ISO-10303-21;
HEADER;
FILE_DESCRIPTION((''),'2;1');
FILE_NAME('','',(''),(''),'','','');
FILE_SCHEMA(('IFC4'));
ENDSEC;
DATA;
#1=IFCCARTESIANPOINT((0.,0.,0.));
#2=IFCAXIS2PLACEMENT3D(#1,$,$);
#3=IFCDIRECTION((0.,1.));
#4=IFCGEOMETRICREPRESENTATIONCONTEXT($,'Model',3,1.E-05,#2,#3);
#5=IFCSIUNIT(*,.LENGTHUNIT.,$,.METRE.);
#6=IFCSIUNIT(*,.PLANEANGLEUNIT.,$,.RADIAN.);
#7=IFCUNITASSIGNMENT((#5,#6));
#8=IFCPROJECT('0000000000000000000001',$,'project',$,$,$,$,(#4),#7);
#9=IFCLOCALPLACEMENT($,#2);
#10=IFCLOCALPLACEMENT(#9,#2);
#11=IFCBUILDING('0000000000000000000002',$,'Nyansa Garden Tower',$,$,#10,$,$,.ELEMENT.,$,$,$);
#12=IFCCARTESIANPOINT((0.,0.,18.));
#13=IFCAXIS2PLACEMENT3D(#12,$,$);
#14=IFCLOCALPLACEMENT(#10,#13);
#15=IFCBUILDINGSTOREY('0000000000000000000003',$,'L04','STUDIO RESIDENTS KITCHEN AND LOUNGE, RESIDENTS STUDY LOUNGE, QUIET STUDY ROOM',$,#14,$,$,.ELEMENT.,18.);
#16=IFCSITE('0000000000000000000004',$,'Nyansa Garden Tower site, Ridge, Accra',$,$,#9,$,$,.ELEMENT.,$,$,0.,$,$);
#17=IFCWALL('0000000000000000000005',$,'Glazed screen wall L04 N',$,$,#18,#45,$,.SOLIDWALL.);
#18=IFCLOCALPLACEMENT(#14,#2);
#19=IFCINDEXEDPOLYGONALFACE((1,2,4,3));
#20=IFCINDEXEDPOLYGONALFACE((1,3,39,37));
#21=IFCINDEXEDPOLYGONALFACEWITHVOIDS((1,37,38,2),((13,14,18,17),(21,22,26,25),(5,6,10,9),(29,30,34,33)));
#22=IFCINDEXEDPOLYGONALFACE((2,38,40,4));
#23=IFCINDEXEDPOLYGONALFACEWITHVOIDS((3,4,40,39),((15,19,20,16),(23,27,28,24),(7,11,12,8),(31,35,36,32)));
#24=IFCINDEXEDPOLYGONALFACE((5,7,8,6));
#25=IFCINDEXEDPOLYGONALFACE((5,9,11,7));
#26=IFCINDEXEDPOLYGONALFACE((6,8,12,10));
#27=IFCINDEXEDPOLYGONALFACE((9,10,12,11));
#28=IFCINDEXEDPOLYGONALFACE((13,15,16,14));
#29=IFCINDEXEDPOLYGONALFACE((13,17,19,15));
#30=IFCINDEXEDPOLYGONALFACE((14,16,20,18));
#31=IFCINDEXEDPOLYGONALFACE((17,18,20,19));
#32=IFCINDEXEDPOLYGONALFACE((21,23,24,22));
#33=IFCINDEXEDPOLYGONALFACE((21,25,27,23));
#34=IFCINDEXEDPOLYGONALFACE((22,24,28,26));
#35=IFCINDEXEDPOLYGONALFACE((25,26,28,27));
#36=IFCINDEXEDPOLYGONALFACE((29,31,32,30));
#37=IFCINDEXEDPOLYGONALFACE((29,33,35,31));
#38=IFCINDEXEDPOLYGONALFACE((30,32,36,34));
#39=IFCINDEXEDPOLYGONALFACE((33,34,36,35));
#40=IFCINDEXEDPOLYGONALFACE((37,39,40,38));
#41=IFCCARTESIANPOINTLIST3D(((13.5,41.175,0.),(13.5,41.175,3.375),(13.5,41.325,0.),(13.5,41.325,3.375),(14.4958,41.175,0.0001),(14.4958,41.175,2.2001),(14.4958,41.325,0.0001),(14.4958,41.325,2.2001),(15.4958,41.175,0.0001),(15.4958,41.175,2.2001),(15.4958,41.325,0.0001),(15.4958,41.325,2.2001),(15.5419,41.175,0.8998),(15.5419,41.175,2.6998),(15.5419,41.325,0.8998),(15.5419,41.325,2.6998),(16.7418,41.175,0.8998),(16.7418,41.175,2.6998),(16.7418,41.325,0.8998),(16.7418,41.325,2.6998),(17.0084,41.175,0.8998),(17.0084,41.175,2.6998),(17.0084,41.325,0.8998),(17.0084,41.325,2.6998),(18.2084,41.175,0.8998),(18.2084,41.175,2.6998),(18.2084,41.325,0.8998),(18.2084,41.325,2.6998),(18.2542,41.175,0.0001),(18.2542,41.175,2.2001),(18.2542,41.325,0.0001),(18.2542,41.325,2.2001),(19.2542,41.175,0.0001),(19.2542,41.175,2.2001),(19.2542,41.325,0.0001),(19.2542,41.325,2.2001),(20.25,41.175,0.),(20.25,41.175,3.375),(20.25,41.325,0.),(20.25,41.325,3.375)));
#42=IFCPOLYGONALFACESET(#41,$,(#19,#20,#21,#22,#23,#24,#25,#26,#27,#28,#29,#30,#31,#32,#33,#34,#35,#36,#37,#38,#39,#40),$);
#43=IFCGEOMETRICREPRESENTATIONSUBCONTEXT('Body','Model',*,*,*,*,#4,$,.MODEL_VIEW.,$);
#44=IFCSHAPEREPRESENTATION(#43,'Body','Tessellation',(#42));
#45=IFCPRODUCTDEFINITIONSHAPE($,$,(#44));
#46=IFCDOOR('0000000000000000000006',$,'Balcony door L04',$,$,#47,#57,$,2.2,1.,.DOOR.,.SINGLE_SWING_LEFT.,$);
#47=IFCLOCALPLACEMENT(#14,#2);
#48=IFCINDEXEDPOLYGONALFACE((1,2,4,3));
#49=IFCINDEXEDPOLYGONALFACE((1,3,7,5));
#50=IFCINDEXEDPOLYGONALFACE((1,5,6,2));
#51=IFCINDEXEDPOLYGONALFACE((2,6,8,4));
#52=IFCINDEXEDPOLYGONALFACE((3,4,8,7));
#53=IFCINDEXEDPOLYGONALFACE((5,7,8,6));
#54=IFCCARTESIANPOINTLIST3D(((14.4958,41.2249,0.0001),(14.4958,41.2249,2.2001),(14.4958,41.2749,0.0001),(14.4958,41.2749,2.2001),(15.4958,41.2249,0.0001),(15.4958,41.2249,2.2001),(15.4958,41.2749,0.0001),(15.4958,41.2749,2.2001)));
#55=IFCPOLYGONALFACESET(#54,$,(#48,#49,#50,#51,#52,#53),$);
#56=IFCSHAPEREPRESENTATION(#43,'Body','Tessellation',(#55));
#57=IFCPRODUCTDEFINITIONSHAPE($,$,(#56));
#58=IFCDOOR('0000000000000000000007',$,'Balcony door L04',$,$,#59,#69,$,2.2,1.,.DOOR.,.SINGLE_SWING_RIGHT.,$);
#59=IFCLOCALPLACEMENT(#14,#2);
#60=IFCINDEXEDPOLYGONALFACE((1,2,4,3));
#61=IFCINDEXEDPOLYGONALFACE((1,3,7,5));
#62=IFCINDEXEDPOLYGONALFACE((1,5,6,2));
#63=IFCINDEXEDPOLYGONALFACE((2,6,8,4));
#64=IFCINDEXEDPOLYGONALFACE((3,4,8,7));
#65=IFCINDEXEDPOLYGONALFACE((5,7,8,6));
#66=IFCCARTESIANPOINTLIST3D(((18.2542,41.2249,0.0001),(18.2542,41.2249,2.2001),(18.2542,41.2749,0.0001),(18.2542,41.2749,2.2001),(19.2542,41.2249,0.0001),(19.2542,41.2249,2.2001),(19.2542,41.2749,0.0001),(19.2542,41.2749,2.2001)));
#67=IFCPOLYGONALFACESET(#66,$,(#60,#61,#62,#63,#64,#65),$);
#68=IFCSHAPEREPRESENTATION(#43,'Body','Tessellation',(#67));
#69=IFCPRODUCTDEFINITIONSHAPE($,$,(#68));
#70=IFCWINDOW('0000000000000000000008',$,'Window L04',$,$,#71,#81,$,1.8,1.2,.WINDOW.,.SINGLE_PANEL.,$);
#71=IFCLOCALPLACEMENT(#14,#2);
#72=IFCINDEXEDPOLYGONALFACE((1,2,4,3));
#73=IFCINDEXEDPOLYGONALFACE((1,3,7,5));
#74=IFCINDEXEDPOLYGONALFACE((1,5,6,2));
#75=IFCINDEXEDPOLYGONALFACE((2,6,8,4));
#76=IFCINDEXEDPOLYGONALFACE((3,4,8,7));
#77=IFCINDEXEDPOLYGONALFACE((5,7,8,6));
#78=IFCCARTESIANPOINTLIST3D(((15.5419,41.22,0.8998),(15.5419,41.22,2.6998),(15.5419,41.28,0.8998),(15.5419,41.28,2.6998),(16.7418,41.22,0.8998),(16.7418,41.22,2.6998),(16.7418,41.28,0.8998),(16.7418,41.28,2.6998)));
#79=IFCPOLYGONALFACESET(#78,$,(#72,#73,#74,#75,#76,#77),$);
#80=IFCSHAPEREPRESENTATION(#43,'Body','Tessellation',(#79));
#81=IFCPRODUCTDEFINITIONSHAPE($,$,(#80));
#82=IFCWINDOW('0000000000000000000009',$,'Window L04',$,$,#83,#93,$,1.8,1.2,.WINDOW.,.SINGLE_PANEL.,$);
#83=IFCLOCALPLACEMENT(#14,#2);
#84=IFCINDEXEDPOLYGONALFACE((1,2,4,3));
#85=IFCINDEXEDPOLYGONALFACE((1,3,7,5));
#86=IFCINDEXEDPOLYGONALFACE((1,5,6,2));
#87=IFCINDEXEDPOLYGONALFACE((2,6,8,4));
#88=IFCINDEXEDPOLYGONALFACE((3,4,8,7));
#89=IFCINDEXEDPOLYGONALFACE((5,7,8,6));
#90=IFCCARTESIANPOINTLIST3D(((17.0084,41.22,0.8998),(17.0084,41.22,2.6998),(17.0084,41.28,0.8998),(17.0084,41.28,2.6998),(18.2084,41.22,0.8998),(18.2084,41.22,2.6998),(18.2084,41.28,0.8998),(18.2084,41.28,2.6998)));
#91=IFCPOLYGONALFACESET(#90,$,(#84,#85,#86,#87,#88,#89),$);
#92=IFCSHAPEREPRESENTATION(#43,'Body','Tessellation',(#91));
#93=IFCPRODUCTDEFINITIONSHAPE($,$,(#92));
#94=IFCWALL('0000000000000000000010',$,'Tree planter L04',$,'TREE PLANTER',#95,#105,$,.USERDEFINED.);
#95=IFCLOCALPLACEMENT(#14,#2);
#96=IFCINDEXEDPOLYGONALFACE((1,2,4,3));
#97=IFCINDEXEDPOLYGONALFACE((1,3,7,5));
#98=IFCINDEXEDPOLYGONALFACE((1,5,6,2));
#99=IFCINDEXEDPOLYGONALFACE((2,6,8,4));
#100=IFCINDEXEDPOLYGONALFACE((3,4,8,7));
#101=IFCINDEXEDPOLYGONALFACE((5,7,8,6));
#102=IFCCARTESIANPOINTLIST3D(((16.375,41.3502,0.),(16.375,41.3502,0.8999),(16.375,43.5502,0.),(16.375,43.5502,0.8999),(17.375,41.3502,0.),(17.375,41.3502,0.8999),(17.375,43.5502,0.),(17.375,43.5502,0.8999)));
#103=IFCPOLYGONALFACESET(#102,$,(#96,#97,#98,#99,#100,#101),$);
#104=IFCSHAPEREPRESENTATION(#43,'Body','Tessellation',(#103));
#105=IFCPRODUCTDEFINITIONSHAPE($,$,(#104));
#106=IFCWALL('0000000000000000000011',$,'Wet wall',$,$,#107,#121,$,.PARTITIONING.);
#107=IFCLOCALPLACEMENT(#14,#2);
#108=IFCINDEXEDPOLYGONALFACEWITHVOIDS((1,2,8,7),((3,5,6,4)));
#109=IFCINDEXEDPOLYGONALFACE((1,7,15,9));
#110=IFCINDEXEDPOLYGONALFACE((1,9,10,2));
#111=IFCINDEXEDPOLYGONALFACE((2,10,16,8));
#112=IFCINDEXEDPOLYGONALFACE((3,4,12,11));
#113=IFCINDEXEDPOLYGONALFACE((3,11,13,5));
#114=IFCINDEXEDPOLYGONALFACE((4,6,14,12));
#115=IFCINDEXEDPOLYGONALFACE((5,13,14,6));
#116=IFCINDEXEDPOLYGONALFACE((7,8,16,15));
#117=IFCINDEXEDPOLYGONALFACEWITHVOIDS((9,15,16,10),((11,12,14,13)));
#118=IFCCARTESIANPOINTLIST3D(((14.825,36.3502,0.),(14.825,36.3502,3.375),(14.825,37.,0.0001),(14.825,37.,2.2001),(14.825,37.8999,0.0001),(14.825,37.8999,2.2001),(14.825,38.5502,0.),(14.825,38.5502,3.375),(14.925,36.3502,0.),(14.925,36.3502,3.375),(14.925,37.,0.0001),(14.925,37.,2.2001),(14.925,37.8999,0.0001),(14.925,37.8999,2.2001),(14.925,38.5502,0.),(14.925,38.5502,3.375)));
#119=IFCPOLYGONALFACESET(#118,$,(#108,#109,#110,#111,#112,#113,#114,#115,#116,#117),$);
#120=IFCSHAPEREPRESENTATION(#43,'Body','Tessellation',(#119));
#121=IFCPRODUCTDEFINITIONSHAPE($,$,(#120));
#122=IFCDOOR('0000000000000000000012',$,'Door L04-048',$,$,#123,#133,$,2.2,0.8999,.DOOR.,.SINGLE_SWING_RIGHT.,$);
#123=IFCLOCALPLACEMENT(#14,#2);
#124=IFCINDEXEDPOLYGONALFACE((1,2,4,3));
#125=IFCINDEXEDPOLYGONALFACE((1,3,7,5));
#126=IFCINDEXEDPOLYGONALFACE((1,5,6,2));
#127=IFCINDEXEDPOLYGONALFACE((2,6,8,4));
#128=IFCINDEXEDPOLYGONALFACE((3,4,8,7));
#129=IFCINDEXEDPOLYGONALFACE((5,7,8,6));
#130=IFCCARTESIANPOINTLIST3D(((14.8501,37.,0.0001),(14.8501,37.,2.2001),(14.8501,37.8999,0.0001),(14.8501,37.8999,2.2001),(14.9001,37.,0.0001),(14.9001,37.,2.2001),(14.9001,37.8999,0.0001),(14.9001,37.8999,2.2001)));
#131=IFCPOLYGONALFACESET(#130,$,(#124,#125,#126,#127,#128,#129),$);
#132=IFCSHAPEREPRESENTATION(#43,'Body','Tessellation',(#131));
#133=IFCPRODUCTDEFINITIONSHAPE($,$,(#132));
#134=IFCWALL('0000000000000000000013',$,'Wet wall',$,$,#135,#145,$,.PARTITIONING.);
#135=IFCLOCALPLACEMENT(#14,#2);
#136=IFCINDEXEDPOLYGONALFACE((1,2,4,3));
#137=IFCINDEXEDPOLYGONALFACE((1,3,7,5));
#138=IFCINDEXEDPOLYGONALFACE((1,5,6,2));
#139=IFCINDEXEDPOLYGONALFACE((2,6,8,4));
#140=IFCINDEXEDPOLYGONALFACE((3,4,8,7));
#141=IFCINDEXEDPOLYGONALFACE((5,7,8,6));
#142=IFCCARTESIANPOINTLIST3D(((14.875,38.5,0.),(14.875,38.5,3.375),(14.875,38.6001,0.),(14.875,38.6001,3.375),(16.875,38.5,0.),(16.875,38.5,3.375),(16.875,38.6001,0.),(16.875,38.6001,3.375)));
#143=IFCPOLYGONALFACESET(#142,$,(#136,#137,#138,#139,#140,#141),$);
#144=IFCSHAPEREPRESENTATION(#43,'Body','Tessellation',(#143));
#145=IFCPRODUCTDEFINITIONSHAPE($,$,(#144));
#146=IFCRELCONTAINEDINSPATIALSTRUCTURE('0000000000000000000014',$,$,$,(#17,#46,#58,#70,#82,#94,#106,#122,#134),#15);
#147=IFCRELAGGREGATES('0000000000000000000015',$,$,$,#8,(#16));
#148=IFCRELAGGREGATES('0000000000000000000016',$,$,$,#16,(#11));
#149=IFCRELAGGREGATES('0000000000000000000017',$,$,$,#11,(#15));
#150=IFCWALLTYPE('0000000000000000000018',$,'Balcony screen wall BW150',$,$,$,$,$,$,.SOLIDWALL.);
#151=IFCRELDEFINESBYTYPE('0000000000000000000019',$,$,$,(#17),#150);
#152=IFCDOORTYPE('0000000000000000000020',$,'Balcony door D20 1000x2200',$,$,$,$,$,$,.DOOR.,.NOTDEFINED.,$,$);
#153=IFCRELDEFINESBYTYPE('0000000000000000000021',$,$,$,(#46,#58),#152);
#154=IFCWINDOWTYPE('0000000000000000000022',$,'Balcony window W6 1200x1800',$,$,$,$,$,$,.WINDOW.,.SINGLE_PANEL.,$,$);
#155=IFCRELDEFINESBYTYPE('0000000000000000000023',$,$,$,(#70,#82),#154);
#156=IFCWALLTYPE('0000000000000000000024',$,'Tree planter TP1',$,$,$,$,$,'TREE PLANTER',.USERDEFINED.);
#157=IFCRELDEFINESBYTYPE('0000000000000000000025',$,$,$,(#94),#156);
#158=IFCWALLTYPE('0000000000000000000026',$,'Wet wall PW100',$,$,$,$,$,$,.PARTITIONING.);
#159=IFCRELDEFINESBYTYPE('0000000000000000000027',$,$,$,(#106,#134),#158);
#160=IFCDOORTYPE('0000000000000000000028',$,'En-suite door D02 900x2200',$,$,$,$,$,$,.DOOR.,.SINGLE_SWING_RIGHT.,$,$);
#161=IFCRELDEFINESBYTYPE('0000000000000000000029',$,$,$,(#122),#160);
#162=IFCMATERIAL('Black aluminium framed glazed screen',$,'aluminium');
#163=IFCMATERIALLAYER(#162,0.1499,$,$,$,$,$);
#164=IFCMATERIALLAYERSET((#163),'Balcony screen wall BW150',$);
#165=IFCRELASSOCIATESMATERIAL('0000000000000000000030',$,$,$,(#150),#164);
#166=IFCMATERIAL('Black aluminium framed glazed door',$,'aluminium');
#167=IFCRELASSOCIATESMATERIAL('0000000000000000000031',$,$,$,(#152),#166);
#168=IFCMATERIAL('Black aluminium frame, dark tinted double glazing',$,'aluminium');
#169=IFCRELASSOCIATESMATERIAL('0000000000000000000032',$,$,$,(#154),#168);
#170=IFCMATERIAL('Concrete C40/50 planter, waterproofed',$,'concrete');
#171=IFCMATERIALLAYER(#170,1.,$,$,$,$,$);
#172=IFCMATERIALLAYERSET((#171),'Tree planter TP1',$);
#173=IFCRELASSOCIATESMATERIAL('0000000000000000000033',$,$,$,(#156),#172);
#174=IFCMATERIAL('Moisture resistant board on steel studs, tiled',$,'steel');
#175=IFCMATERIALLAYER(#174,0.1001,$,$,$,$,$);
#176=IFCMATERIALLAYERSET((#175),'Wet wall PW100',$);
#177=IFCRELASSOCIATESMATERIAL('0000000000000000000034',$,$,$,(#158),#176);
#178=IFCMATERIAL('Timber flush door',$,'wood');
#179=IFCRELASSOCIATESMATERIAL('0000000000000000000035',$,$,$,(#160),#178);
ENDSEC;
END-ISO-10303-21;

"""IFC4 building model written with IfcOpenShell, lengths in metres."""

from ifc_helpers import new_model, si_unit, direction, frame, frame_2d, origin, place, context, subcontext, project, spatial, rectangle, extrude, material, layer, layer_set, type_object, element, fill, save


model = new_model("IFC4")

# Units and contexts
model_context = context("Model", 3, precision=1e-05, world=origin(), true_north=direction((0.0, 1.0)))
body_context = subcontext(model_context, "Body", "Model", "MODEL_VIEW")
ifc_project = project(units=[si_unit("LENGTHUNIT", "METRE"), si_unit("PLANEANGLEUNIT", "RADIAN")], contexts=[model_context])

# Site, building, storey
site_placement = place(None, origin())
site = spatial("IfcSite", under=ifc_project, at=site_placement, Name="Nyansa Garden Tower site, Ridge, Accra", CompositionType="ELEMENT", RefElevation=0.0)
building_placement = place(site_placement, origin())
building = spatial("IfcBuilding", under=site, at=building_placement, Name="Nyansa Garden Tower", CompositionType="ELEMENT")
storey_placement = place(building_placement, frame((0.0, 0.0, 18.0)))
storey = spatial("IfcBuildingStorey", under=building, at=storey_placement, Name="L04", Description="STUDIO RESIDENTS KITCHEN AND LOUNGE, RESIDENTS STUDY LOUNGE, QUIET STUDY ROOM", CompositionType="ELEMENT", Elevation=18.0)

# Wall, openings, doors, windows
ifc_material_1 = material(Name="Black aluminium framed glazed screen", Category="aluminium")
ifc_layer_1 = layer(ifc_material_1, 0.1499)
ifc_layer_set_1 = layer_set([ifc_layer_1], Name="Balcony screen wall BW150")
wall_type_1 = type_object("IfcWallType", Name="Balcony screen wall BW150", PredefinedType="SOLIDWALL", material=ifc_layer_set_1)
wall_1_placement = place(storey_placement, frame((13.5, 41.25, 0.0), z_axis=(0.0, 0.0, 1.0), x_axis=(1.0, 0.0, 0.0)))
wall_1 = element("IfcWall", 1, at=wall_1_placement, inside=storey, type_object=wall_type_1, Name="Glazed screen wall L04 N", PredefinedType="SOLIDWALL", context=body_context, shape_type="SweptSolid", body=[
    extrude(rectangle(XDim=6.75, YDim=0.1499, at=frame_2d((3.375, 0.0))), origin(), (0.0, 0.0, 1.0), 3.375),
])
opening_1_placement = place(wall_1_placement, frame((0.9958, 0.0, 0.0)))
opening_1 = element("IfcOpeningElement", 2, at=opening_1_placement, cuts=wall_1, PredefinedType="OPENING", context=body_context, shape_type="SweptSolid", body=[
    extrude(rectangle(XDim=1.0, YDim=2.2, at=frame_2d((0.5, 1.1001))), frame((0.0, 0.085, 0.0), z_axis=(0.0, -1.0, 0.0), x_axis=(1.0, 0.0, 0.0)), (0.0, 0.0, 1.0), 0.1699),
])
opening_2_placement = place(wall_1_placement, frame((2.0417, 0.0, 0.8999)))
opening_2 = element("IfcOpeningElement", 3, at=opening_2_placement, cuts=wall_1, PredefinedType="OPENING", context=body_context, shape_type="SweptSolid", body=[
    extrude(rectangle(XDim=1.2, YDim=1.8, at=frame_2d((0.6001, 0.8999))), frame((0.0, 0.085, 0.0), z_axis=(0.0, -1.0, 0.0), x_axis=(1.0, 0.0, 0.0)), (0.0, 0.0, 1.0), 0.1699),
])
opening_3_placement = place(wall_1_placement, frame((4.7542, 0.0, 0.0)))
opening_3 = element("IfcOpeningElement", 4, at=opening_3_placement, cuts=wall_1, PredefinedType="OPENING", context=body_context, shape_type="SweptSolid", body=[
    extrude(rectangle(XDim=1.0, YDim=2.2, at=frame_2d((0.5, 1.1001))), frame((0.0, 0.085, 0.0), z_axis=(0.0, -1.0, 0.0), x_axis=(1.0, 0.0, 0.0)), (0.0, 0.0, 1.0), 0.1699),
])
opening_4_placement = place(wall_1_placement, frame((3.5083, 0.0, 0.8999)))
opening_4 = element("IfcOpeningElement", 5, at=opening_4_placement, cuts=wall_1, PredefinedType="OPENING", context=body_context, shape_type="SweptSolid", body=[
    extrude(rectangle(XDim=1.2, YDim=1.8, at=frame_2d((0.6001, 0.8999))), frame((0.0, 0.085, 0.0), z_axis=(0.0, -1.0, 0.0), x_axis=(1.0, 0.0, 0.0)), (0.0, 0.0, 1.0), 0.1699),
])
ifc_material_2 = material(Name="Black aluminium framed glazed door", Category="aluminium")
door_type_1 = type_object("IfcDoorType", Name="Balcony door D20 1000x2200", OperationType="NOTDEFINED", PredefinedType="DOOR", material=ifc_material_2)
door_1_placement = place(opening_1_placement, origin())
door_1 = element("IfcDoor", 6, at=door_1_placement, inside=storey, type_object=door_type_1, Name="Balcony door L04", OperationType="SINGLE_SWING_LEFT", OverallHeight=2.2, OverallWidth=1.0, PredefinedType="DOOR", context=body_context, shape_type="SweptSolid", body=[
    extrude(rectangle(XDim=1.0, YDim=2.2, at=frame_2d((0.5, 1.1001))), frame((0.0, 0.0249, 0.0), z_axis=(0.0, -1.0, 0.0), x_axis=(1.0, 0.0, 0.0)), (0.0, 0.0, 1.0), 0.05),
])
fill(opening_1, door_1)
door_2_placement = place(opening_3_placement, origin())
door_2 = element("IfcDoor", 7, at=door_2_placement, inside=storey, type_object=door_type_1, Name="Balcony door L04", OperationType="SINGLE_SWING_RIGHT", OverallHeight=2.2, OverallWidth=1.0, PredefinedType="DOOR", context=body_context, shape_type="SweptSolid", body=[
    extrude(rectangle(XDim=1.0, YDim=2.2, at=frame_2d((0.5, 1.1001))), frame((0.0, 0.0249, 0.0), z_axis=(0.0, -1.0, 0.0), x_axis=(1.0, 0.0, 0.0)), (0.0, 0.0, 1.0), 0.05),
])
fill(opening_3, door_2)
ifc_material_3 = material(Name="Black aluminium frame, dark tinted double glazing", Category="aluminium")
window_type = type_object("IfcWindowType", Name="Balcony window W6 1200x1800", PartitioningType="SINGLE_PANEL", PredefinedType="WINDOW", material=ifc_material_3)
window_1_placement = place(opening_2_placement, origin())
window_1 = element("IfcWindow", 8, at=window_1_placement, inside=storey, type_object=window_type, Name="Window L04", OverallHeight=1.8, OverallWidth=1.2, PartitioningType="SINGLE_PANEL", PredefinedType="WINDOW", context=body_context, shape_type="SweptSolid", body=[
    extrude(rectangle(XDim=1.2, YDim=1.8, at=frame_2d((0.6001, 0.8999))), frame((0.0, 0.03, 0.0), z_axis=(0.0, -1.0, 0.0), x_axis=(1.0, 0.0, 0.0)), (0.0, 0.0, 1.0), 0.0601),
])
fill(opening_2, window_1)
window_2_placement = place(opening_4_placement, origin())
window_2 = element("IfcWindow", 9, at=window_2_placement, inside=storey, type_object=window_type, Name="Window L04", OverallHeight=1.8, OverallWidth=1.2, PartitioningType="SINGLE_PANEL", PredefinedType="WINDOW", context=body_context, shape_type="SweptSolid", body=[
    extrude(rectangle(XDim=1.2, YDim=1.8, at=frame_2d((0.6001, 0.8999))), frame((0.0, 0.03, 0.0), z_axis=(0.0, -1.0, 0.0), x_axis=(1.0, 0.0, 0.0)), (0.0, 0.0, 1.0), 0.0601),
])
fill(opening_4, window_2)

# Wall
ifc_material_4 = material(Name="Concrete C40/50 planter, waterproofed", Category="concrete")
ifc_layer_2 = layer(ifc_material_4, 1.0)
ifc_layer_set_2 = layer_set([ifc_layer_2], Name="Tree planter TP1")
wall_type_2 = type_object("IfcWallType", Name="Tree planter TP1", ElementType="TREE PLANTER", PredefinedType="USERDEFINED", material=ifc_layer_set_2)
wall_2_placement = place(storey_placement, frame((16.875, 41.3501, 0.0), z_axis=(0.0, 0.0, 1.0), x_axis=(0.0, 1.0, 0.0)))
element("IfcWall", 10, at=wall_2_placement, inside=storey, type_object=wall_type_2, Name="Tree planter L04", ObjectType="TREE PLANTER", PredefinedType="USERDEFINED", context=body_context, shape_type="SweptSolid", body=[
    extrude(rectangle(XDim=2.2, YDim=1.0, at=frame_2d((1.1001, 0.0))), origin(), (0.0, 0.0, 1.0), 0.8999),
])

# Wall, opening, door
ifc_material_5 = material(Name="Moisture resistant board on steel studs, tiled", Category="steel")
ifc_layer_3 = layer(ifc_material_5, 0.1001)
ifc_layer_set_3 = layer_set([ifc_layer_3], Name="Wet wall PW100")
wall_type_3 = type_object("IfcWallType", Name="Wet wall PW100", PredefinedType="PARTITIONING", material=ifc_layer_set_3)
wall_3_placement = place(storey_placement, frame((14.875, 36.3501, 0.0), z_axis=(0.0, 0.0, 1.0), x_axis=(0.0, 1.0, 0.0)))
wall_3 = element("IfcWall", 11, at=wall_3_placement, inside=storey, type_object=wall_type_3, Name="Wet wall", PredefinedType="PARTITIONING", context=body_context, shape_type="SweptSolid", body=[
    extrude(rectangle(XDim=2.2, YDim=0.1001, at=frame_2d((1.1001, 0.0))), origin(), (0.0, 0.0, 1.0), 3.375),
])
opening_5_placement = place(wall_3_placement, frame((0.6499, 0.0, 0.0)))
opening_5 = element("IfcOpeningElement", 12, at=opening_5_placement, cuts=wall_3, PredefinedType="OPENING", context=body_context, shape_type="SweptSolid", body=[
    extrude(rectangle(XDim=0.8999, YDim=2.2, at=frame_2d((0.45, 1.1001))), frame((0.0, 0.0601, 0.0), z_axis=(0.0, -1.0, 0.0), x_axis=(1.0, 0.0, 0.0)), (0.0, 0.0, 1.0), 0.1201),
])
ifc_material_6 = material(Name="Timber flush door", Category="wood")
door_type_2 = type_object("IfcDoorType", Name="En-suite door D02 900x2200", OperationType="SINGLE_SWING_RIGHT", PredefinedType="DOOR", material=ifc_material_6)
door_3_placement = place(opening_5_placement, origin())
door_3 = element("IfcDoor", 13, at=door_3_placement, inside=storey, type_object=door_type_2, Name="Door L04-048", OperationType="SINGLE_SWING_RIGHT", OverallHeight=2.2, OverallWidth=0.8999, PredefinedType="DOOR", context=body_context, shape_type="SweptSolid", body=[
    extrude(rectangle(XDim=0.8999, YDim=2.2, at=frame_2d((0.45, 1.1001))), frame((0.0, 0.0249, 0.0), z_axis=(0.0, -1.0, 0.0), x_axis=(1.0, 0.0, 0.0)), (0.0, 0.0, 1.0), 0.05),
])
fill(opening_5, door_3)

# Wall
wall_4_placement = place(storey_placement, frame((14.875, 38.55, 0.0), z_axis=(0.0, 0.0, 1.0), x_axis=(1.0, 0.0, 0.0)))
element("IfcWall", 14, at=wall_4_placement, inside=storey, type_object=wall_type_3, Name="Wet wall", PredefinedType="PARTITIONING", context=body_context, shape_type="SweptSolid", body=[
    extrude(rectangle(XDim=2.0, YDim=0.1001, at=frame_2d((1.0, 0.0))), origin(), (0.0, 0.0, 1.0), 3.375),
])

save(model, "model.ifc")
